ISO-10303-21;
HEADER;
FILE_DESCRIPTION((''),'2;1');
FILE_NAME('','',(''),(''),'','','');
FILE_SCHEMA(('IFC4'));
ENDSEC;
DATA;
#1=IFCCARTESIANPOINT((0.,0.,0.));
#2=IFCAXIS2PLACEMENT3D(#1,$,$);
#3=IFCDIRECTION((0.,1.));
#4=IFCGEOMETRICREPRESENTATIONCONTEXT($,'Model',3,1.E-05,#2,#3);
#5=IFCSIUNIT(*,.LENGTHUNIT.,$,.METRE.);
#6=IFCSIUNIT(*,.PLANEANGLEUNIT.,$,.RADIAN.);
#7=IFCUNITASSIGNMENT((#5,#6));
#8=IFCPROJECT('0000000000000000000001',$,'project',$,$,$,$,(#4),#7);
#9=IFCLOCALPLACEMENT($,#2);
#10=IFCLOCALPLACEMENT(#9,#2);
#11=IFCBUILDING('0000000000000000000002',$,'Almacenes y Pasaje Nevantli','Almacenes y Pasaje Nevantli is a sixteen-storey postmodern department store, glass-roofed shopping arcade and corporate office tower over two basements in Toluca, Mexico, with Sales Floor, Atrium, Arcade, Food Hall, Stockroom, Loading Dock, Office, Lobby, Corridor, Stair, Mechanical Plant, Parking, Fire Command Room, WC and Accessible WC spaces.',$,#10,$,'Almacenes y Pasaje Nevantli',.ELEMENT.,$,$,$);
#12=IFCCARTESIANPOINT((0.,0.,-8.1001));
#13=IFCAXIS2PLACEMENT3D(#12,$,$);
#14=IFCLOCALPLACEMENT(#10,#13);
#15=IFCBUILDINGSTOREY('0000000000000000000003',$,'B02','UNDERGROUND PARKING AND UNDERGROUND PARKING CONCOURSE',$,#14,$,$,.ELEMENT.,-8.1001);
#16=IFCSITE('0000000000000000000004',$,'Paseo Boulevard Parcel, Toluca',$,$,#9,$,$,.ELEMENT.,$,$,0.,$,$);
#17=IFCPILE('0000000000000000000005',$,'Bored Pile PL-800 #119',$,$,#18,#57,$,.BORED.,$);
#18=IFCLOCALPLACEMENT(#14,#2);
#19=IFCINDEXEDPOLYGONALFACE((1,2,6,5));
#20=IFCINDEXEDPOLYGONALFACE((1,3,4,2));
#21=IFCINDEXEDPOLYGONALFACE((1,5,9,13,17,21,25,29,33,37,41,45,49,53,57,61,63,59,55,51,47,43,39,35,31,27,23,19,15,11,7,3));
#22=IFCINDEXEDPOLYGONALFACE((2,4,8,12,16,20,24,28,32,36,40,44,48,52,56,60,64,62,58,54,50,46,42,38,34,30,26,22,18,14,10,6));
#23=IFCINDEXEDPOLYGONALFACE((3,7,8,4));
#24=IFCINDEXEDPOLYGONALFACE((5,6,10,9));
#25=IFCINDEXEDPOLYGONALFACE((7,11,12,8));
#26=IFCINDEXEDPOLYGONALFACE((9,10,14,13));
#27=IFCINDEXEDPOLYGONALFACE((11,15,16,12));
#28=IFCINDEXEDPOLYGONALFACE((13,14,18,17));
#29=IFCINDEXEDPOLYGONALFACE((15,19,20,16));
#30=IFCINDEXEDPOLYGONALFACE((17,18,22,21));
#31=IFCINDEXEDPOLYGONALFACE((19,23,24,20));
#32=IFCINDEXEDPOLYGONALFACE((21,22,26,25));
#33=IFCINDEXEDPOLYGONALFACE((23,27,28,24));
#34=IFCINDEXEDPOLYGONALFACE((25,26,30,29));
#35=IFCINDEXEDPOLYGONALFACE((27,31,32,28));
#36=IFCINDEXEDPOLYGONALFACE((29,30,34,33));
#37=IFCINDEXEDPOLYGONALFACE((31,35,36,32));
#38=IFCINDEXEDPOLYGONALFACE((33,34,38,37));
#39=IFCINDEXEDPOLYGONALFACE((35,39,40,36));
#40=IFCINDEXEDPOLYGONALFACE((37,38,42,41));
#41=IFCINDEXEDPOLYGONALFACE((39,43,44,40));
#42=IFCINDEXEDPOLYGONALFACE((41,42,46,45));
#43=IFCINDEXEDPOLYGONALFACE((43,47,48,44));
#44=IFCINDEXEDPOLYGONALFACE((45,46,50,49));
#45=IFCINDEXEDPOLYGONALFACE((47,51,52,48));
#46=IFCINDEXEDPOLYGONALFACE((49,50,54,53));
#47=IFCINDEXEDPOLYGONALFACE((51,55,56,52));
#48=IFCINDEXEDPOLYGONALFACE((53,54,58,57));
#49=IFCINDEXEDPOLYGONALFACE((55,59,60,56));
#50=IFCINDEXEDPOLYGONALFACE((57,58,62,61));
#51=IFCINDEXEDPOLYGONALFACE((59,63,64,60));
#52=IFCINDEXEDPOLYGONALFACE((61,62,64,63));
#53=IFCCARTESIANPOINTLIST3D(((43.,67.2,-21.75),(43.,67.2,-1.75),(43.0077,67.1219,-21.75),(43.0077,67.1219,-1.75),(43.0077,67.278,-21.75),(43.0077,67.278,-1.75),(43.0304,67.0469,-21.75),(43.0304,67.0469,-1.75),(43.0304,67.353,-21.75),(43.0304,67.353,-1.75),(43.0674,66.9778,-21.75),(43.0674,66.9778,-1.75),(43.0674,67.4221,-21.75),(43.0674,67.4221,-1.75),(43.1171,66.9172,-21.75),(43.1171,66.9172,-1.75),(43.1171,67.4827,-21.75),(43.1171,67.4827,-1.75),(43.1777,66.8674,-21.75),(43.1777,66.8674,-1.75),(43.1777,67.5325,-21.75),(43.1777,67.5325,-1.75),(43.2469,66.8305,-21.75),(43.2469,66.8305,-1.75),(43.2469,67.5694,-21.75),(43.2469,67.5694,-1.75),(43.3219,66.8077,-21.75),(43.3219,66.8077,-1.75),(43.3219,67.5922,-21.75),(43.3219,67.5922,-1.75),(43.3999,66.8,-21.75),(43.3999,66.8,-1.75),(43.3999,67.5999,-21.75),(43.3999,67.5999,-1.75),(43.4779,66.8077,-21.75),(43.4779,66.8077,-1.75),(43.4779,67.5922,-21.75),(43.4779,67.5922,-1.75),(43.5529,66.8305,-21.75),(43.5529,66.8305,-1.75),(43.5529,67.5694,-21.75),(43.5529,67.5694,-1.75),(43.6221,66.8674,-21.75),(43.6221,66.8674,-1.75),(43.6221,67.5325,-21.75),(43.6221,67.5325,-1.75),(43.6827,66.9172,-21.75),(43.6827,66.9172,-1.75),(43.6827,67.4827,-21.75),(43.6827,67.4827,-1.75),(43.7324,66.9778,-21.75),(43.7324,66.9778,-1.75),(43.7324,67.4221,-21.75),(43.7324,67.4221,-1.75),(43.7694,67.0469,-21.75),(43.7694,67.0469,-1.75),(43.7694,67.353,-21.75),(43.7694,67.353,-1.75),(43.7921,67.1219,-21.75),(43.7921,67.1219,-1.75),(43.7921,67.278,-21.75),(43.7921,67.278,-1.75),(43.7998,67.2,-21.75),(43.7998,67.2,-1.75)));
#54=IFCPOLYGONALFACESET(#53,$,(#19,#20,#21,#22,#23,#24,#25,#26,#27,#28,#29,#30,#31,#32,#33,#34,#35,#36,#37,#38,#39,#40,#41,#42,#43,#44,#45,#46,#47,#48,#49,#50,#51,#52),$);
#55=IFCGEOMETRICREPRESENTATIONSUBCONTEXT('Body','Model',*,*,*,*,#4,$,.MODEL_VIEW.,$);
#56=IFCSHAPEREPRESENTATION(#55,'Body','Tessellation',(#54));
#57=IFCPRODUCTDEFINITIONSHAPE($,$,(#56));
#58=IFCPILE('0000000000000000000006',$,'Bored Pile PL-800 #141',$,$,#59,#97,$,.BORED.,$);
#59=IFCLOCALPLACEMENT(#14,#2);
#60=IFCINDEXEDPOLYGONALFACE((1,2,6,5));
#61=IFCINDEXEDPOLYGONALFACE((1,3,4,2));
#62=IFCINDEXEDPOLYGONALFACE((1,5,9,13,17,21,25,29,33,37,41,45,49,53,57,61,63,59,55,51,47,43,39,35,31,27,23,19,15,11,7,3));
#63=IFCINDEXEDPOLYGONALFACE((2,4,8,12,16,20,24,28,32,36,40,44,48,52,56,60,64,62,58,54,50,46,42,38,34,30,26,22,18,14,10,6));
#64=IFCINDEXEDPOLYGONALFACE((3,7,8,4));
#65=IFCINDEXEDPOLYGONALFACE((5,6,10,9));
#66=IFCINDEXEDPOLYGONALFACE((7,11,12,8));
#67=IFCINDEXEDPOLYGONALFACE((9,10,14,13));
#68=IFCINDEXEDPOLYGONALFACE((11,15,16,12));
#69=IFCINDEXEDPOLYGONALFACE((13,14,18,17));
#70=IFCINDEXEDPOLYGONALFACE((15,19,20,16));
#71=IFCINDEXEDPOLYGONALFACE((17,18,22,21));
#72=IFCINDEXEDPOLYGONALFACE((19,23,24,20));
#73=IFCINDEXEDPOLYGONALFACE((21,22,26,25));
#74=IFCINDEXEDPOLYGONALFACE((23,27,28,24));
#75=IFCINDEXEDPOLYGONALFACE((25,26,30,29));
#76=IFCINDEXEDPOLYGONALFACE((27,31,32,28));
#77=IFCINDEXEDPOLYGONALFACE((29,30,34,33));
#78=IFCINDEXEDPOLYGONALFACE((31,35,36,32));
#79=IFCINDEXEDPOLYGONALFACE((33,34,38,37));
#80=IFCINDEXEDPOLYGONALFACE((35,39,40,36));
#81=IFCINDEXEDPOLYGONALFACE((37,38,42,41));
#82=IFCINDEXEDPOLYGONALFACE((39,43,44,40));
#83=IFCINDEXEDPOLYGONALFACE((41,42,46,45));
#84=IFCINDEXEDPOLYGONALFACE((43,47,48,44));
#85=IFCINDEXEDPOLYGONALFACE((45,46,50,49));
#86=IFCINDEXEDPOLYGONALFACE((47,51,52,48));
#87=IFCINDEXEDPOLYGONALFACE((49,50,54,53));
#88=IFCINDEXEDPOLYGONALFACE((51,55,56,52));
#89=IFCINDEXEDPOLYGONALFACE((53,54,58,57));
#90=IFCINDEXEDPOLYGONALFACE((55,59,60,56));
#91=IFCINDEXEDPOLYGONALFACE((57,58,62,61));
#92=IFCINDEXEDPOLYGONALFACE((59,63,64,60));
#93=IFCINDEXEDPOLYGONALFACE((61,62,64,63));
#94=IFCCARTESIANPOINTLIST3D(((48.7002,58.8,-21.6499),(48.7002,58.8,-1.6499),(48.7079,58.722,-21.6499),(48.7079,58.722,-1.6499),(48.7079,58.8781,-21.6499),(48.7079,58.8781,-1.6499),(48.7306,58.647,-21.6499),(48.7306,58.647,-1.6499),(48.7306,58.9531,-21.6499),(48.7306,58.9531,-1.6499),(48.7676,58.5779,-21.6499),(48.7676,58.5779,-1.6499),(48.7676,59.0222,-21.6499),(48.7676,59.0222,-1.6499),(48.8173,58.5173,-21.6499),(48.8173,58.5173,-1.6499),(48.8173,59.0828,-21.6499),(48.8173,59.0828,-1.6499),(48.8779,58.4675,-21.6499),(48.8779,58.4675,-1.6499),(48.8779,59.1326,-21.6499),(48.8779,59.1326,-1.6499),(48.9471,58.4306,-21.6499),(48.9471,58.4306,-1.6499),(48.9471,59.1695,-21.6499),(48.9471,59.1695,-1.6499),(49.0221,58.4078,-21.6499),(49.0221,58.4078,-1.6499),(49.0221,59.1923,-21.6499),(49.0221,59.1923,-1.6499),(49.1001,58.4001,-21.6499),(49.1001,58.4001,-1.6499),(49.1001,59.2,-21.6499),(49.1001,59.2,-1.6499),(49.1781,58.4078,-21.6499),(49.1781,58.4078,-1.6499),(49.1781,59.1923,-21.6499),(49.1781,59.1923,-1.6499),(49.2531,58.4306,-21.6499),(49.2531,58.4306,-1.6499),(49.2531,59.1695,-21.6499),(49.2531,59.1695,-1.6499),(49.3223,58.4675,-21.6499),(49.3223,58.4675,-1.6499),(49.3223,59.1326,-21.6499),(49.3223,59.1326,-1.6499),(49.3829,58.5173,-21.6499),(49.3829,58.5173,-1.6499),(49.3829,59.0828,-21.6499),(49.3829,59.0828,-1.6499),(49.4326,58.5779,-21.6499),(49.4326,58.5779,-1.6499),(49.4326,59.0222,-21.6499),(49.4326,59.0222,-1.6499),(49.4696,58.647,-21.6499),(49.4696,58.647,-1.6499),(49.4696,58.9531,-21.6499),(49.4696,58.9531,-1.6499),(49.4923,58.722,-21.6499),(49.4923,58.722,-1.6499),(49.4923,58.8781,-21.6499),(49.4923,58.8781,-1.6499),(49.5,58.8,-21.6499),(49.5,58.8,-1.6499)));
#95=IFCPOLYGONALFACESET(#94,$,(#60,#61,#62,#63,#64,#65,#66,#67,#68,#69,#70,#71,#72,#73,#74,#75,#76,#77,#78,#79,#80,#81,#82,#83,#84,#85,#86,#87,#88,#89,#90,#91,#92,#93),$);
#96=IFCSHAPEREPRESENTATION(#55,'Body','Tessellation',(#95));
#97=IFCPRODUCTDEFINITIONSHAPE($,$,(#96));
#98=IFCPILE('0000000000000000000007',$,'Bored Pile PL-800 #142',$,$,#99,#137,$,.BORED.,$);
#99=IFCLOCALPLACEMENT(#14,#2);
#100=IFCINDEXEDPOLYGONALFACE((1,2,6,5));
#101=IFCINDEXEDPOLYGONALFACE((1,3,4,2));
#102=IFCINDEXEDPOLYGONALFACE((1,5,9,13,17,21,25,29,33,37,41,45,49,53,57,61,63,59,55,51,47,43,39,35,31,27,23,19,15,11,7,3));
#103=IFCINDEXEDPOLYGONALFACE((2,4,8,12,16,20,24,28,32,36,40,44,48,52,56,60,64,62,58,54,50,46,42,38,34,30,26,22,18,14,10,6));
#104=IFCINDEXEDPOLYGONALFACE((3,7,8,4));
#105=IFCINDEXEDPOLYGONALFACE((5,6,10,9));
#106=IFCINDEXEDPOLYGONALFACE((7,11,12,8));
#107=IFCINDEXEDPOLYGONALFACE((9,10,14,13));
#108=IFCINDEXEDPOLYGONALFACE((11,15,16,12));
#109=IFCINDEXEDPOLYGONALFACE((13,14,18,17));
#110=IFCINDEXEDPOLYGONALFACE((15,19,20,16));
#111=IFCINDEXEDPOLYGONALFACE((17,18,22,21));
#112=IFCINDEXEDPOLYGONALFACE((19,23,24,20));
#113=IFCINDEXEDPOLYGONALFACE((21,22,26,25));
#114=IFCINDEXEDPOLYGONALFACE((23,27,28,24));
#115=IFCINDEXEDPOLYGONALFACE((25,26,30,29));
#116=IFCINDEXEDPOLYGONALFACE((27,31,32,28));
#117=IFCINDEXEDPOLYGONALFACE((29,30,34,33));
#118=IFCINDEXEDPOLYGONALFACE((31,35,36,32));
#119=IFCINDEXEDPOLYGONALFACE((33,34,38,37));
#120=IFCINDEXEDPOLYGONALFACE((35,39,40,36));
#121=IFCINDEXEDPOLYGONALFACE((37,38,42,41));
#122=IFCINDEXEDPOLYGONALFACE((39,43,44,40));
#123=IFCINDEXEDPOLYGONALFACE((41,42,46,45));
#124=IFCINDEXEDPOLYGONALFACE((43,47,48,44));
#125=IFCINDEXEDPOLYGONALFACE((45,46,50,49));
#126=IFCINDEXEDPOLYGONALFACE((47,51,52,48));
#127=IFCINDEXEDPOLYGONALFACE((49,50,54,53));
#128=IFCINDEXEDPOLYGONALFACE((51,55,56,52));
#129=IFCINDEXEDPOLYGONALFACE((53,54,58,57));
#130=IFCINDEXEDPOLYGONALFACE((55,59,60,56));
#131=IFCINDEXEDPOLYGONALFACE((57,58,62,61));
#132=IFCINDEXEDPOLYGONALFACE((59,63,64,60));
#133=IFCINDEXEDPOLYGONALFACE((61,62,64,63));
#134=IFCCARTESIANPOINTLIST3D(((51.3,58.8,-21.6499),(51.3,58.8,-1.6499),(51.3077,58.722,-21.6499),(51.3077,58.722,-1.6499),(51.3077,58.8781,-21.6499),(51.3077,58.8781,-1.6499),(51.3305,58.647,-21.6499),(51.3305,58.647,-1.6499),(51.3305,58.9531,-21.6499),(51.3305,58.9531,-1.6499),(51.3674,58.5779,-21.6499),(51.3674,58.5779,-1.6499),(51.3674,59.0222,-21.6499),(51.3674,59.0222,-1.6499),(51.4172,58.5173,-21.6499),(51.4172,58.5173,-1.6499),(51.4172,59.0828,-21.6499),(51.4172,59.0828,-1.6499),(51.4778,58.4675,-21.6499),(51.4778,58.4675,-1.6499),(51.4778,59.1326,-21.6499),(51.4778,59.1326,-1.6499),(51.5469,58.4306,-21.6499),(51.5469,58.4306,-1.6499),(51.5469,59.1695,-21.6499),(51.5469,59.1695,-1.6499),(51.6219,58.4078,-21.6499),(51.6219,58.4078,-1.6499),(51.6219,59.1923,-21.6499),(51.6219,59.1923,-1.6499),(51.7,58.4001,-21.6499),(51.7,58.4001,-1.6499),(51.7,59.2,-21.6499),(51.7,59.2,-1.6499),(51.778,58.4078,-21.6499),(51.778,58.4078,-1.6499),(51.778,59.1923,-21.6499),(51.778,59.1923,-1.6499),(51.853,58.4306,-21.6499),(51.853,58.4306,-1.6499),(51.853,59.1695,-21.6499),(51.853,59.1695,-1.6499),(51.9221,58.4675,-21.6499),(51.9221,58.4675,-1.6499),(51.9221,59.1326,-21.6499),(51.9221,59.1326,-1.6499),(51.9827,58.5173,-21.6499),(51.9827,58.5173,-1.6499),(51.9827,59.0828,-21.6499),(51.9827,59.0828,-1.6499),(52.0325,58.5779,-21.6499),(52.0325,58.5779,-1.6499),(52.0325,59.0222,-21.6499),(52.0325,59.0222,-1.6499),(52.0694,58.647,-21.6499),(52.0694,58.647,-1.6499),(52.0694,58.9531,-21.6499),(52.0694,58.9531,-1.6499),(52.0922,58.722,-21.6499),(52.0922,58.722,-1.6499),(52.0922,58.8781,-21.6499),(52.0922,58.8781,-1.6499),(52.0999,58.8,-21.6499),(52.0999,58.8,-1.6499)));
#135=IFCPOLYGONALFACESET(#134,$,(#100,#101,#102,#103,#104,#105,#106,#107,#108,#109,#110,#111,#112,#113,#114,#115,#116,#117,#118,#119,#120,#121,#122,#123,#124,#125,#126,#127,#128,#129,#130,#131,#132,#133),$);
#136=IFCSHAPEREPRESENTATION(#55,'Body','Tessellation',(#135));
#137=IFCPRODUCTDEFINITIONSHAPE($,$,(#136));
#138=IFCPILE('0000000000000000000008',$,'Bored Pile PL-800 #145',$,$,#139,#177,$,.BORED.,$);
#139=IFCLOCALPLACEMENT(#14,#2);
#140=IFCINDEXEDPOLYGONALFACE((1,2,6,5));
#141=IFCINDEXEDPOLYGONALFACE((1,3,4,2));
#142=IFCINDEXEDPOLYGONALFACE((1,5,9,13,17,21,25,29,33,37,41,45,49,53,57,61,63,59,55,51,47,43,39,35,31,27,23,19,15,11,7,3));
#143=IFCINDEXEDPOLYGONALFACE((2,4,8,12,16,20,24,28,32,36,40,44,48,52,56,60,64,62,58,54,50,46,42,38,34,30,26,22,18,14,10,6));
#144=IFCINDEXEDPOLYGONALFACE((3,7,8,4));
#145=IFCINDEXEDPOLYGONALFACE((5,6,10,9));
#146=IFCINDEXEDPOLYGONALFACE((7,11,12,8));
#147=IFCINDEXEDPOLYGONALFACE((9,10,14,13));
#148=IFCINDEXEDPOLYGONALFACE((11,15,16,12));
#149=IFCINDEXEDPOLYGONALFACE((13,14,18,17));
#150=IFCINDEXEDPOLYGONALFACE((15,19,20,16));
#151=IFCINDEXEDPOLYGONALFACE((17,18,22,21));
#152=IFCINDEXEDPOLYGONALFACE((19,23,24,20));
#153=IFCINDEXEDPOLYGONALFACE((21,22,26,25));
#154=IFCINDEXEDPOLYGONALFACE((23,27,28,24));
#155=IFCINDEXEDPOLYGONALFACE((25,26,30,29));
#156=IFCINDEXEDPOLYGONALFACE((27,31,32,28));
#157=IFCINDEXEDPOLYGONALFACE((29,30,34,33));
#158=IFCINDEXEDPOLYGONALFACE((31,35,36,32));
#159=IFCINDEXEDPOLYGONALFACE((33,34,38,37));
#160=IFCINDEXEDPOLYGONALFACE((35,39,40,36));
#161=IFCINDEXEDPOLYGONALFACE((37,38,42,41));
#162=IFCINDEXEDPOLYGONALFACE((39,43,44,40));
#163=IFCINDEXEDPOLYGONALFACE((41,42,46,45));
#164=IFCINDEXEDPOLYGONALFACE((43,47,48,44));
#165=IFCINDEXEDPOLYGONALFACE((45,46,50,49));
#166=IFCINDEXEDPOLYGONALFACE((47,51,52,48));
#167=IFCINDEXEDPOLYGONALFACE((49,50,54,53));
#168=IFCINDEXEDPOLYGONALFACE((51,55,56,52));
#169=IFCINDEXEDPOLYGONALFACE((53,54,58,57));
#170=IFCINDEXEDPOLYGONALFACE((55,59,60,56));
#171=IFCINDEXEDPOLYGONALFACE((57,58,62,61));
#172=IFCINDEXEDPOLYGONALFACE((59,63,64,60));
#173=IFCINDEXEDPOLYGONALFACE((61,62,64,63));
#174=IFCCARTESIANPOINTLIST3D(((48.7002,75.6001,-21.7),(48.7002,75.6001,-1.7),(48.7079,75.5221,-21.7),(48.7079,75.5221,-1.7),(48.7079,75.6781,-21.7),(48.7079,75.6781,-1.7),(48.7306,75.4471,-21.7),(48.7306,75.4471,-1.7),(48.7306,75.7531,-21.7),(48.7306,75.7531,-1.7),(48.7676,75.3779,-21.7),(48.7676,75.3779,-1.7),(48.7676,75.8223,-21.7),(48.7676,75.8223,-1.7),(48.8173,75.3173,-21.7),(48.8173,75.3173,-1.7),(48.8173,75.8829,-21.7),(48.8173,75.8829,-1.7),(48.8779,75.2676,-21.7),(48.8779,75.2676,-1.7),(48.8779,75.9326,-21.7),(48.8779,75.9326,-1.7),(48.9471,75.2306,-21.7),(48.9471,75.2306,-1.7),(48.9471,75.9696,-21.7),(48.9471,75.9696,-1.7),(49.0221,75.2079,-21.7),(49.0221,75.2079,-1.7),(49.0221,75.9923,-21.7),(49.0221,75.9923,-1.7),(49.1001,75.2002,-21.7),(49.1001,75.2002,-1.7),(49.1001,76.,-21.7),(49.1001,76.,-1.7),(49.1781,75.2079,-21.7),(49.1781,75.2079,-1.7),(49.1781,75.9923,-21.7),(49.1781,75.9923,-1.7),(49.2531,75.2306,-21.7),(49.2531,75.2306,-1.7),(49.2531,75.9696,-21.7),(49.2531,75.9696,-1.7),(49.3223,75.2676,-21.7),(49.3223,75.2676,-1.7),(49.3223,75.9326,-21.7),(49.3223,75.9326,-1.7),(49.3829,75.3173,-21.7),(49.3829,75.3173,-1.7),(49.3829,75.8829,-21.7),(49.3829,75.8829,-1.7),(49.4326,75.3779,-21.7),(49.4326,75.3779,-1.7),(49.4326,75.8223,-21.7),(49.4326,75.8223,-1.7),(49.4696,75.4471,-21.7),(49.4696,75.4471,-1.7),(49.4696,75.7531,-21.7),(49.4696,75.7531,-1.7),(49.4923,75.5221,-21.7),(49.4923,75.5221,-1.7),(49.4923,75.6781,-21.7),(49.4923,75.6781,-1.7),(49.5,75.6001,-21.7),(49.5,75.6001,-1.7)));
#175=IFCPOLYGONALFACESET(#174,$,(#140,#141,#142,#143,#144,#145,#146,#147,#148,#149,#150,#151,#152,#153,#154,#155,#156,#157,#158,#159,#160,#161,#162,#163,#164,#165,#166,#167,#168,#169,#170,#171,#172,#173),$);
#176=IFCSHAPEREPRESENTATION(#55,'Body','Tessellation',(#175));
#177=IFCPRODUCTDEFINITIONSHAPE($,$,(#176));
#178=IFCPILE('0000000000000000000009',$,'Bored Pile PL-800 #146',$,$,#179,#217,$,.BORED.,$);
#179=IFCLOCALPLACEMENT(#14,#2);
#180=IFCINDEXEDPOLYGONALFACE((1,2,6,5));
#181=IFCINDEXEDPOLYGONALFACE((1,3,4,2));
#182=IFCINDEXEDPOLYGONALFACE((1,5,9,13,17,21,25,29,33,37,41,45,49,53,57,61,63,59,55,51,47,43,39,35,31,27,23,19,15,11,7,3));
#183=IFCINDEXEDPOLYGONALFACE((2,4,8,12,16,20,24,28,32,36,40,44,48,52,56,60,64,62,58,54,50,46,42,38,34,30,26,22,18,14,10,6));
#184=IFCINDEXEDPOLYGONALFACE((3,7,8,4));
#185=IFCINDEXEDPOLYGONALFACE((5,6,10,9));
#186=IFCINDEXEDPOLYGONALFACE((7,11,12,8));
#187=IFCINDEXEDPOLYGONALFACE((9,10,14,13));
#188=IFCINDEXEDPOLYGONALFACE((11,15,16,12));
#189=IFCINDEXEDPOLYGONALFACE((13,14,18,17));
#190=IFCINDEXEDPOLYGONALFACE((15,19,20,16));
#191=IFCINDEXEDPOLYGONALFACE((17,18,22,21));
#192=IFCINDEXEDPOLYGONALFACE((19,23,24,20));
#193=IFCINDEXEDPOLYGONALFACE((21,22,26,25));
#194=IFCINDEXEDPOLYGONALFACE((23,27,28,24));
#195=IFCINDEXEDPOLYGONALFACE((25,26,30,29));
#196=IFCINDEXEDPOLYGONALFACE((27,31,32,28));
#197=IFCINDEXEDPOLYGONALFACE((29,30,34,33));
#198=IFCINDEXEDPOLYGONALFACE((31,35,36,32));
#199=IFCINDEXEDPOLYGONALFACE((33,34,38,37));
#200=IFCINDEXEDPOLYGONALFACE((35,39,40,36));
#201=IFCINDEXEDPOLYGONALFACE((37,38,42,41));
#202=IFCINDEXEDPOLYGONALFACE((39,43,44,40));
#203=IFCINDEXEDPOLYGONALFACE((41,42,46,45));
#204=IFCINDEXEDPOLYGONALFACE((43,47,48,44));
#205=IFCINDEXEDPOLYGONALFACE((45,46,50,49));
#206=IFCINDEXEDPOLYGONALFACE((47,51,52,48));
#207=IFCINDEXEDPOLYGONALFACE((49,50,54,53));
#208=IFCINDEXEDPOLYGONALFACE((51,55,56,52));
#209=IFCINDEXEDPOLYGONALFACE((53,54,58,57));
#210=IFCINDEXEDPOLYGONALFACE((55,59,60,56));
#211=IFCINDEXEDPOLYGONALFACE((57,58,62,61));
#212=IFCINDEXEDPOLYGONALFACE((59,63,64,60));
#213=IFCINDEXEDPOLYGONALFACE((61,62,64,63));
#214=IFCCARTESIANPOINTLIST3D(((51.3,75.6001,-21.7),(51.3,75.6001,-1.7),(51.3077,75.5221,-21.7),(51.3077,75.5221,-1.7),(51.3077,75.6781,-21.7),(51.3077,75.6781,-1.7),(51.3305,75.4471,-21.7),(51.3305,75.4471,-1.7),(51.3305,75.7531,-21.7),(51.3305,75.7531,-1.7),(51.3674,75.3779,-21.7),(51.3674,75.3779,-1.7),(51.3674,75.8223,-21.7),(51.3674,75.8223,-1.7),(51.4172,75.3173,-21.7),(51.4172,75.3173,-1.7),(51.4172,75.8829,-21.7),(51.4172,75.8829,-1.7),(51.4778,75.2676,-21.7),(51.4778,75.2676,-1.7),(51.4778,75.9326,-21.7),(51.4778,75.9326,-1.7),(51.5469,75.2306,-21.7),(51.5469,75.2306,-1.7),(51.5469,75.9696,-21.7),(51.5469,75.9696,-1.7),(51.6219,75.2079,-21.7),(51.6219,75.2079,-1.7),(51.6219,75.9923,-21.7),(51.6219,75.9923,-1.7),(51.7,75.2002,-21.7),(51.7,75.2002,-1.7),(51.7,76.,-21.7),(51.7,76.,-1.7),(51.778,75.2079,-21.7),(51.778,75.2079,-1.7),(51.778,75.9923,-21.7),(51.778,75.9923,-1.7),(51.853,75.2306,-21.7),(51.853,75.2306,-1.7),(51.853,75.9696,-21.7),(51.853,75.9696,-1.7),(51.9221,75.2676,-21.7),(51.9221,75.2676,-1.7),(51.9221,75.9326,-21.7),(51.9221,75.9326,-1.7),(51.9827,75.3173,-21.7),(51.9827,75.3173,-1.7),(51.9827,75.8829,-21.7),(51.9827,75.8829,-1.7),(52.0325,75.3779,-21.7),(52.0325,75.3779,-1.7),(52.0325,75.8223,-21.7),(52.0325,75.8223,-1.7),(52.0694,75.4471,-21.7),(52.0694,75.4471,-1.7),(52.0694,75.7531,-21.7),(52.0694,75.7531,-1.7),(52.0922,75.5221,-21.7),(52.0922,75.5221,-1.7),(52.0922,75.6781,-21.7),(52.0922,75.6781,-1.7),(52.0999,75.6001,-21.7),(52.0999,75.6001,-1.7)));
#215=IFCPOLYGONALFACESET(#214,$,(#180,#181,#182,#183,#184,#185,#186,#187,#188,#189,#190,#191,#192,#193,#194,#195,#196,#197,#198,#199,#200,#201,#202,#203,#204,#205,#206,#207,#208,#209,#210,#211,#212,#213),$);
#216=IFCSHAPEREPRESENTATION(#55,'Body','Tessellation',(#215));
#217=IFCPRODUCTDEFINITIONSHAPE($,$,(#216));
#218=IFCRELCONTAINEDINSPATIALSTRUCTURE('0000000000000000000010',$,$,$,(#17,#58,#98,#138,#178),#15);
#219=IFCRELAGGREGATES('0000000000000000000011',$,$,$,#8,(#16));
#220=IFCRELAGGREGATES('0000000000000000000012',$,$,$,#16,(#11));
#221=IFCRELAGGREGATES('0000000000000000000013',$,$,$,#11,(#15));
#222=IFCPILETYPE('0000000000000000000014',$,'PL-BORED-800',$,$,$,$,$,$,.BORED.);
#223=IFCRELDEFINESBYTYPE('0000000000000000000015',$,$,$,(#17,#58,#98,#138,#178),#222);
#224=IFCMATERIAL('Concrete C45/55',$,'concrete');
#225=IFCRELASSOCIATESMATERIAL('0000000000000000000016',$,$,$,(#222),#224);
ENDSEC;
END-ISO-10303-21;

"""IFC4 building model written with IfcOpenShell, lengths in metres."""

from ifc_helpers import new_model, si_unit, direction, frame, origin, origin_2d, place, context, subcontext, project, spatial, circle, extrude, material, material_profile, profile_set, type_object, element, save


model = new_model("IFC4")

# Units and contexts
model_context = context("Model", 3, precision=1e-05, world=origin(), true_north=direction((0.0, 1.0)))
body_context = subcontext(model_context, "Body", "Model", "MODEL_VIEW")
ifc_project = project(units=[si_unit("LENGTHUNIT", "METRE"), si_unit("PLANEANGLEUNIT", "RADIAN")], contexts=[model_context])

# Site, building, storey
site_placement = place(None, origin())
site = spatial("IfcSite", under=ifc_project, at=site_placement, Name="Paseo Boulevard Parcel, Toluca", CompositionType="ELEMENT", RefElevation=0.0)
building_placement = place(site_placement, origin())
building = spatial("IfcBuilding", under=site, at=building_placement, Name="Almacenes y Pasaje Nevantli", Description="Almacenes y Pasaje Nevantli is a sixteen-storey postmodern department store, glass-roofed shopping arcade and corporate office tower over two basements in Toluca, Mexico, with Sales Floor, Atrium, Arcade, Food Hall, Stockroom, Loading Dock, Office, Lobby, Corridor, Stair, Mechanical Plant, Parking, Fire Command Room, WC and Accessible WC spaces.", LongName="Almacenes y Pasaje Nevantli", CompositionType="ELEMENT")
storey_placement = place(building_placement, frame((0.0, 0.0, -8.1001)))
storey = spatial("IfcBuildingStorey", under=building, at=storey_placement, Name="B02", Description="UNDERGROUND PARKING AND UNDERGROUND PARKING CONCOURSE", CompositionType="ELEMENT", Elevation=-8.1001)

# Piles
ifc_material_1 = material(Name="Concrete C45/55", Category="concrete")
ifc_material_profile_1 = material_profile(ifc_material_1, circle(Radius=0.3999, at=origin_2d()), Name="RC-PILE-D800")
ifc_profile_set_1 = profile_set([ifc_material_profile_1], Name="Concrete C45/55")
pile_type_1 = type_object("IfcPileType", Name="PL-BORED-800", PredefinedType="BORED", material=ifc_profile_set_1)
for number, where, z_axis, x_axis, name in (
    (1, (43.3999, 67.2, -1.75), (0.0, 0.0, -1.0), (1.0, 0.0, 0.0), "Bored Pile PL-800 #119"),
    (2, (49.1001, 58.8, -1.6499), (0.0, 0.0, -1.0), (1.0, 0.0, 0.0), "Bored Pile PL-800 #141"),
    (3, (51.7, 58.8, -1.6499), (0.0, 0.0, -1.0), (1.0, 0.0, 0.0), "Bored Pile PL-800 #142"),
    (4, (49.1001, 75.6001, -1.7), (0.0, 0.0, -1.0), (1.0, 0.0, 0.0), "Bored Pile PL-800 #145"),
    (5, (51.7, 75.6001, -1.7), (0.0, 0.0, -1.0), (1.0, 0.0, 0.0), "Bored Pile PL-800 #146"),
):
    element("IfcPile", number, at=place(storey_placement, frame(where, z_axis=z_axis, x_axis=x_axis)), inside=storey, type_object=pile_type_1, Name=name, PredefinedType="BORED", context=body_context, shape_type="SweptSolid", body=[
        extrude(circle(Radius=0.3999, at=origin_2d()), origin(), (0.0, 0.0, 1.0), 20.0),
    ])

save(model, "model.ifc")
